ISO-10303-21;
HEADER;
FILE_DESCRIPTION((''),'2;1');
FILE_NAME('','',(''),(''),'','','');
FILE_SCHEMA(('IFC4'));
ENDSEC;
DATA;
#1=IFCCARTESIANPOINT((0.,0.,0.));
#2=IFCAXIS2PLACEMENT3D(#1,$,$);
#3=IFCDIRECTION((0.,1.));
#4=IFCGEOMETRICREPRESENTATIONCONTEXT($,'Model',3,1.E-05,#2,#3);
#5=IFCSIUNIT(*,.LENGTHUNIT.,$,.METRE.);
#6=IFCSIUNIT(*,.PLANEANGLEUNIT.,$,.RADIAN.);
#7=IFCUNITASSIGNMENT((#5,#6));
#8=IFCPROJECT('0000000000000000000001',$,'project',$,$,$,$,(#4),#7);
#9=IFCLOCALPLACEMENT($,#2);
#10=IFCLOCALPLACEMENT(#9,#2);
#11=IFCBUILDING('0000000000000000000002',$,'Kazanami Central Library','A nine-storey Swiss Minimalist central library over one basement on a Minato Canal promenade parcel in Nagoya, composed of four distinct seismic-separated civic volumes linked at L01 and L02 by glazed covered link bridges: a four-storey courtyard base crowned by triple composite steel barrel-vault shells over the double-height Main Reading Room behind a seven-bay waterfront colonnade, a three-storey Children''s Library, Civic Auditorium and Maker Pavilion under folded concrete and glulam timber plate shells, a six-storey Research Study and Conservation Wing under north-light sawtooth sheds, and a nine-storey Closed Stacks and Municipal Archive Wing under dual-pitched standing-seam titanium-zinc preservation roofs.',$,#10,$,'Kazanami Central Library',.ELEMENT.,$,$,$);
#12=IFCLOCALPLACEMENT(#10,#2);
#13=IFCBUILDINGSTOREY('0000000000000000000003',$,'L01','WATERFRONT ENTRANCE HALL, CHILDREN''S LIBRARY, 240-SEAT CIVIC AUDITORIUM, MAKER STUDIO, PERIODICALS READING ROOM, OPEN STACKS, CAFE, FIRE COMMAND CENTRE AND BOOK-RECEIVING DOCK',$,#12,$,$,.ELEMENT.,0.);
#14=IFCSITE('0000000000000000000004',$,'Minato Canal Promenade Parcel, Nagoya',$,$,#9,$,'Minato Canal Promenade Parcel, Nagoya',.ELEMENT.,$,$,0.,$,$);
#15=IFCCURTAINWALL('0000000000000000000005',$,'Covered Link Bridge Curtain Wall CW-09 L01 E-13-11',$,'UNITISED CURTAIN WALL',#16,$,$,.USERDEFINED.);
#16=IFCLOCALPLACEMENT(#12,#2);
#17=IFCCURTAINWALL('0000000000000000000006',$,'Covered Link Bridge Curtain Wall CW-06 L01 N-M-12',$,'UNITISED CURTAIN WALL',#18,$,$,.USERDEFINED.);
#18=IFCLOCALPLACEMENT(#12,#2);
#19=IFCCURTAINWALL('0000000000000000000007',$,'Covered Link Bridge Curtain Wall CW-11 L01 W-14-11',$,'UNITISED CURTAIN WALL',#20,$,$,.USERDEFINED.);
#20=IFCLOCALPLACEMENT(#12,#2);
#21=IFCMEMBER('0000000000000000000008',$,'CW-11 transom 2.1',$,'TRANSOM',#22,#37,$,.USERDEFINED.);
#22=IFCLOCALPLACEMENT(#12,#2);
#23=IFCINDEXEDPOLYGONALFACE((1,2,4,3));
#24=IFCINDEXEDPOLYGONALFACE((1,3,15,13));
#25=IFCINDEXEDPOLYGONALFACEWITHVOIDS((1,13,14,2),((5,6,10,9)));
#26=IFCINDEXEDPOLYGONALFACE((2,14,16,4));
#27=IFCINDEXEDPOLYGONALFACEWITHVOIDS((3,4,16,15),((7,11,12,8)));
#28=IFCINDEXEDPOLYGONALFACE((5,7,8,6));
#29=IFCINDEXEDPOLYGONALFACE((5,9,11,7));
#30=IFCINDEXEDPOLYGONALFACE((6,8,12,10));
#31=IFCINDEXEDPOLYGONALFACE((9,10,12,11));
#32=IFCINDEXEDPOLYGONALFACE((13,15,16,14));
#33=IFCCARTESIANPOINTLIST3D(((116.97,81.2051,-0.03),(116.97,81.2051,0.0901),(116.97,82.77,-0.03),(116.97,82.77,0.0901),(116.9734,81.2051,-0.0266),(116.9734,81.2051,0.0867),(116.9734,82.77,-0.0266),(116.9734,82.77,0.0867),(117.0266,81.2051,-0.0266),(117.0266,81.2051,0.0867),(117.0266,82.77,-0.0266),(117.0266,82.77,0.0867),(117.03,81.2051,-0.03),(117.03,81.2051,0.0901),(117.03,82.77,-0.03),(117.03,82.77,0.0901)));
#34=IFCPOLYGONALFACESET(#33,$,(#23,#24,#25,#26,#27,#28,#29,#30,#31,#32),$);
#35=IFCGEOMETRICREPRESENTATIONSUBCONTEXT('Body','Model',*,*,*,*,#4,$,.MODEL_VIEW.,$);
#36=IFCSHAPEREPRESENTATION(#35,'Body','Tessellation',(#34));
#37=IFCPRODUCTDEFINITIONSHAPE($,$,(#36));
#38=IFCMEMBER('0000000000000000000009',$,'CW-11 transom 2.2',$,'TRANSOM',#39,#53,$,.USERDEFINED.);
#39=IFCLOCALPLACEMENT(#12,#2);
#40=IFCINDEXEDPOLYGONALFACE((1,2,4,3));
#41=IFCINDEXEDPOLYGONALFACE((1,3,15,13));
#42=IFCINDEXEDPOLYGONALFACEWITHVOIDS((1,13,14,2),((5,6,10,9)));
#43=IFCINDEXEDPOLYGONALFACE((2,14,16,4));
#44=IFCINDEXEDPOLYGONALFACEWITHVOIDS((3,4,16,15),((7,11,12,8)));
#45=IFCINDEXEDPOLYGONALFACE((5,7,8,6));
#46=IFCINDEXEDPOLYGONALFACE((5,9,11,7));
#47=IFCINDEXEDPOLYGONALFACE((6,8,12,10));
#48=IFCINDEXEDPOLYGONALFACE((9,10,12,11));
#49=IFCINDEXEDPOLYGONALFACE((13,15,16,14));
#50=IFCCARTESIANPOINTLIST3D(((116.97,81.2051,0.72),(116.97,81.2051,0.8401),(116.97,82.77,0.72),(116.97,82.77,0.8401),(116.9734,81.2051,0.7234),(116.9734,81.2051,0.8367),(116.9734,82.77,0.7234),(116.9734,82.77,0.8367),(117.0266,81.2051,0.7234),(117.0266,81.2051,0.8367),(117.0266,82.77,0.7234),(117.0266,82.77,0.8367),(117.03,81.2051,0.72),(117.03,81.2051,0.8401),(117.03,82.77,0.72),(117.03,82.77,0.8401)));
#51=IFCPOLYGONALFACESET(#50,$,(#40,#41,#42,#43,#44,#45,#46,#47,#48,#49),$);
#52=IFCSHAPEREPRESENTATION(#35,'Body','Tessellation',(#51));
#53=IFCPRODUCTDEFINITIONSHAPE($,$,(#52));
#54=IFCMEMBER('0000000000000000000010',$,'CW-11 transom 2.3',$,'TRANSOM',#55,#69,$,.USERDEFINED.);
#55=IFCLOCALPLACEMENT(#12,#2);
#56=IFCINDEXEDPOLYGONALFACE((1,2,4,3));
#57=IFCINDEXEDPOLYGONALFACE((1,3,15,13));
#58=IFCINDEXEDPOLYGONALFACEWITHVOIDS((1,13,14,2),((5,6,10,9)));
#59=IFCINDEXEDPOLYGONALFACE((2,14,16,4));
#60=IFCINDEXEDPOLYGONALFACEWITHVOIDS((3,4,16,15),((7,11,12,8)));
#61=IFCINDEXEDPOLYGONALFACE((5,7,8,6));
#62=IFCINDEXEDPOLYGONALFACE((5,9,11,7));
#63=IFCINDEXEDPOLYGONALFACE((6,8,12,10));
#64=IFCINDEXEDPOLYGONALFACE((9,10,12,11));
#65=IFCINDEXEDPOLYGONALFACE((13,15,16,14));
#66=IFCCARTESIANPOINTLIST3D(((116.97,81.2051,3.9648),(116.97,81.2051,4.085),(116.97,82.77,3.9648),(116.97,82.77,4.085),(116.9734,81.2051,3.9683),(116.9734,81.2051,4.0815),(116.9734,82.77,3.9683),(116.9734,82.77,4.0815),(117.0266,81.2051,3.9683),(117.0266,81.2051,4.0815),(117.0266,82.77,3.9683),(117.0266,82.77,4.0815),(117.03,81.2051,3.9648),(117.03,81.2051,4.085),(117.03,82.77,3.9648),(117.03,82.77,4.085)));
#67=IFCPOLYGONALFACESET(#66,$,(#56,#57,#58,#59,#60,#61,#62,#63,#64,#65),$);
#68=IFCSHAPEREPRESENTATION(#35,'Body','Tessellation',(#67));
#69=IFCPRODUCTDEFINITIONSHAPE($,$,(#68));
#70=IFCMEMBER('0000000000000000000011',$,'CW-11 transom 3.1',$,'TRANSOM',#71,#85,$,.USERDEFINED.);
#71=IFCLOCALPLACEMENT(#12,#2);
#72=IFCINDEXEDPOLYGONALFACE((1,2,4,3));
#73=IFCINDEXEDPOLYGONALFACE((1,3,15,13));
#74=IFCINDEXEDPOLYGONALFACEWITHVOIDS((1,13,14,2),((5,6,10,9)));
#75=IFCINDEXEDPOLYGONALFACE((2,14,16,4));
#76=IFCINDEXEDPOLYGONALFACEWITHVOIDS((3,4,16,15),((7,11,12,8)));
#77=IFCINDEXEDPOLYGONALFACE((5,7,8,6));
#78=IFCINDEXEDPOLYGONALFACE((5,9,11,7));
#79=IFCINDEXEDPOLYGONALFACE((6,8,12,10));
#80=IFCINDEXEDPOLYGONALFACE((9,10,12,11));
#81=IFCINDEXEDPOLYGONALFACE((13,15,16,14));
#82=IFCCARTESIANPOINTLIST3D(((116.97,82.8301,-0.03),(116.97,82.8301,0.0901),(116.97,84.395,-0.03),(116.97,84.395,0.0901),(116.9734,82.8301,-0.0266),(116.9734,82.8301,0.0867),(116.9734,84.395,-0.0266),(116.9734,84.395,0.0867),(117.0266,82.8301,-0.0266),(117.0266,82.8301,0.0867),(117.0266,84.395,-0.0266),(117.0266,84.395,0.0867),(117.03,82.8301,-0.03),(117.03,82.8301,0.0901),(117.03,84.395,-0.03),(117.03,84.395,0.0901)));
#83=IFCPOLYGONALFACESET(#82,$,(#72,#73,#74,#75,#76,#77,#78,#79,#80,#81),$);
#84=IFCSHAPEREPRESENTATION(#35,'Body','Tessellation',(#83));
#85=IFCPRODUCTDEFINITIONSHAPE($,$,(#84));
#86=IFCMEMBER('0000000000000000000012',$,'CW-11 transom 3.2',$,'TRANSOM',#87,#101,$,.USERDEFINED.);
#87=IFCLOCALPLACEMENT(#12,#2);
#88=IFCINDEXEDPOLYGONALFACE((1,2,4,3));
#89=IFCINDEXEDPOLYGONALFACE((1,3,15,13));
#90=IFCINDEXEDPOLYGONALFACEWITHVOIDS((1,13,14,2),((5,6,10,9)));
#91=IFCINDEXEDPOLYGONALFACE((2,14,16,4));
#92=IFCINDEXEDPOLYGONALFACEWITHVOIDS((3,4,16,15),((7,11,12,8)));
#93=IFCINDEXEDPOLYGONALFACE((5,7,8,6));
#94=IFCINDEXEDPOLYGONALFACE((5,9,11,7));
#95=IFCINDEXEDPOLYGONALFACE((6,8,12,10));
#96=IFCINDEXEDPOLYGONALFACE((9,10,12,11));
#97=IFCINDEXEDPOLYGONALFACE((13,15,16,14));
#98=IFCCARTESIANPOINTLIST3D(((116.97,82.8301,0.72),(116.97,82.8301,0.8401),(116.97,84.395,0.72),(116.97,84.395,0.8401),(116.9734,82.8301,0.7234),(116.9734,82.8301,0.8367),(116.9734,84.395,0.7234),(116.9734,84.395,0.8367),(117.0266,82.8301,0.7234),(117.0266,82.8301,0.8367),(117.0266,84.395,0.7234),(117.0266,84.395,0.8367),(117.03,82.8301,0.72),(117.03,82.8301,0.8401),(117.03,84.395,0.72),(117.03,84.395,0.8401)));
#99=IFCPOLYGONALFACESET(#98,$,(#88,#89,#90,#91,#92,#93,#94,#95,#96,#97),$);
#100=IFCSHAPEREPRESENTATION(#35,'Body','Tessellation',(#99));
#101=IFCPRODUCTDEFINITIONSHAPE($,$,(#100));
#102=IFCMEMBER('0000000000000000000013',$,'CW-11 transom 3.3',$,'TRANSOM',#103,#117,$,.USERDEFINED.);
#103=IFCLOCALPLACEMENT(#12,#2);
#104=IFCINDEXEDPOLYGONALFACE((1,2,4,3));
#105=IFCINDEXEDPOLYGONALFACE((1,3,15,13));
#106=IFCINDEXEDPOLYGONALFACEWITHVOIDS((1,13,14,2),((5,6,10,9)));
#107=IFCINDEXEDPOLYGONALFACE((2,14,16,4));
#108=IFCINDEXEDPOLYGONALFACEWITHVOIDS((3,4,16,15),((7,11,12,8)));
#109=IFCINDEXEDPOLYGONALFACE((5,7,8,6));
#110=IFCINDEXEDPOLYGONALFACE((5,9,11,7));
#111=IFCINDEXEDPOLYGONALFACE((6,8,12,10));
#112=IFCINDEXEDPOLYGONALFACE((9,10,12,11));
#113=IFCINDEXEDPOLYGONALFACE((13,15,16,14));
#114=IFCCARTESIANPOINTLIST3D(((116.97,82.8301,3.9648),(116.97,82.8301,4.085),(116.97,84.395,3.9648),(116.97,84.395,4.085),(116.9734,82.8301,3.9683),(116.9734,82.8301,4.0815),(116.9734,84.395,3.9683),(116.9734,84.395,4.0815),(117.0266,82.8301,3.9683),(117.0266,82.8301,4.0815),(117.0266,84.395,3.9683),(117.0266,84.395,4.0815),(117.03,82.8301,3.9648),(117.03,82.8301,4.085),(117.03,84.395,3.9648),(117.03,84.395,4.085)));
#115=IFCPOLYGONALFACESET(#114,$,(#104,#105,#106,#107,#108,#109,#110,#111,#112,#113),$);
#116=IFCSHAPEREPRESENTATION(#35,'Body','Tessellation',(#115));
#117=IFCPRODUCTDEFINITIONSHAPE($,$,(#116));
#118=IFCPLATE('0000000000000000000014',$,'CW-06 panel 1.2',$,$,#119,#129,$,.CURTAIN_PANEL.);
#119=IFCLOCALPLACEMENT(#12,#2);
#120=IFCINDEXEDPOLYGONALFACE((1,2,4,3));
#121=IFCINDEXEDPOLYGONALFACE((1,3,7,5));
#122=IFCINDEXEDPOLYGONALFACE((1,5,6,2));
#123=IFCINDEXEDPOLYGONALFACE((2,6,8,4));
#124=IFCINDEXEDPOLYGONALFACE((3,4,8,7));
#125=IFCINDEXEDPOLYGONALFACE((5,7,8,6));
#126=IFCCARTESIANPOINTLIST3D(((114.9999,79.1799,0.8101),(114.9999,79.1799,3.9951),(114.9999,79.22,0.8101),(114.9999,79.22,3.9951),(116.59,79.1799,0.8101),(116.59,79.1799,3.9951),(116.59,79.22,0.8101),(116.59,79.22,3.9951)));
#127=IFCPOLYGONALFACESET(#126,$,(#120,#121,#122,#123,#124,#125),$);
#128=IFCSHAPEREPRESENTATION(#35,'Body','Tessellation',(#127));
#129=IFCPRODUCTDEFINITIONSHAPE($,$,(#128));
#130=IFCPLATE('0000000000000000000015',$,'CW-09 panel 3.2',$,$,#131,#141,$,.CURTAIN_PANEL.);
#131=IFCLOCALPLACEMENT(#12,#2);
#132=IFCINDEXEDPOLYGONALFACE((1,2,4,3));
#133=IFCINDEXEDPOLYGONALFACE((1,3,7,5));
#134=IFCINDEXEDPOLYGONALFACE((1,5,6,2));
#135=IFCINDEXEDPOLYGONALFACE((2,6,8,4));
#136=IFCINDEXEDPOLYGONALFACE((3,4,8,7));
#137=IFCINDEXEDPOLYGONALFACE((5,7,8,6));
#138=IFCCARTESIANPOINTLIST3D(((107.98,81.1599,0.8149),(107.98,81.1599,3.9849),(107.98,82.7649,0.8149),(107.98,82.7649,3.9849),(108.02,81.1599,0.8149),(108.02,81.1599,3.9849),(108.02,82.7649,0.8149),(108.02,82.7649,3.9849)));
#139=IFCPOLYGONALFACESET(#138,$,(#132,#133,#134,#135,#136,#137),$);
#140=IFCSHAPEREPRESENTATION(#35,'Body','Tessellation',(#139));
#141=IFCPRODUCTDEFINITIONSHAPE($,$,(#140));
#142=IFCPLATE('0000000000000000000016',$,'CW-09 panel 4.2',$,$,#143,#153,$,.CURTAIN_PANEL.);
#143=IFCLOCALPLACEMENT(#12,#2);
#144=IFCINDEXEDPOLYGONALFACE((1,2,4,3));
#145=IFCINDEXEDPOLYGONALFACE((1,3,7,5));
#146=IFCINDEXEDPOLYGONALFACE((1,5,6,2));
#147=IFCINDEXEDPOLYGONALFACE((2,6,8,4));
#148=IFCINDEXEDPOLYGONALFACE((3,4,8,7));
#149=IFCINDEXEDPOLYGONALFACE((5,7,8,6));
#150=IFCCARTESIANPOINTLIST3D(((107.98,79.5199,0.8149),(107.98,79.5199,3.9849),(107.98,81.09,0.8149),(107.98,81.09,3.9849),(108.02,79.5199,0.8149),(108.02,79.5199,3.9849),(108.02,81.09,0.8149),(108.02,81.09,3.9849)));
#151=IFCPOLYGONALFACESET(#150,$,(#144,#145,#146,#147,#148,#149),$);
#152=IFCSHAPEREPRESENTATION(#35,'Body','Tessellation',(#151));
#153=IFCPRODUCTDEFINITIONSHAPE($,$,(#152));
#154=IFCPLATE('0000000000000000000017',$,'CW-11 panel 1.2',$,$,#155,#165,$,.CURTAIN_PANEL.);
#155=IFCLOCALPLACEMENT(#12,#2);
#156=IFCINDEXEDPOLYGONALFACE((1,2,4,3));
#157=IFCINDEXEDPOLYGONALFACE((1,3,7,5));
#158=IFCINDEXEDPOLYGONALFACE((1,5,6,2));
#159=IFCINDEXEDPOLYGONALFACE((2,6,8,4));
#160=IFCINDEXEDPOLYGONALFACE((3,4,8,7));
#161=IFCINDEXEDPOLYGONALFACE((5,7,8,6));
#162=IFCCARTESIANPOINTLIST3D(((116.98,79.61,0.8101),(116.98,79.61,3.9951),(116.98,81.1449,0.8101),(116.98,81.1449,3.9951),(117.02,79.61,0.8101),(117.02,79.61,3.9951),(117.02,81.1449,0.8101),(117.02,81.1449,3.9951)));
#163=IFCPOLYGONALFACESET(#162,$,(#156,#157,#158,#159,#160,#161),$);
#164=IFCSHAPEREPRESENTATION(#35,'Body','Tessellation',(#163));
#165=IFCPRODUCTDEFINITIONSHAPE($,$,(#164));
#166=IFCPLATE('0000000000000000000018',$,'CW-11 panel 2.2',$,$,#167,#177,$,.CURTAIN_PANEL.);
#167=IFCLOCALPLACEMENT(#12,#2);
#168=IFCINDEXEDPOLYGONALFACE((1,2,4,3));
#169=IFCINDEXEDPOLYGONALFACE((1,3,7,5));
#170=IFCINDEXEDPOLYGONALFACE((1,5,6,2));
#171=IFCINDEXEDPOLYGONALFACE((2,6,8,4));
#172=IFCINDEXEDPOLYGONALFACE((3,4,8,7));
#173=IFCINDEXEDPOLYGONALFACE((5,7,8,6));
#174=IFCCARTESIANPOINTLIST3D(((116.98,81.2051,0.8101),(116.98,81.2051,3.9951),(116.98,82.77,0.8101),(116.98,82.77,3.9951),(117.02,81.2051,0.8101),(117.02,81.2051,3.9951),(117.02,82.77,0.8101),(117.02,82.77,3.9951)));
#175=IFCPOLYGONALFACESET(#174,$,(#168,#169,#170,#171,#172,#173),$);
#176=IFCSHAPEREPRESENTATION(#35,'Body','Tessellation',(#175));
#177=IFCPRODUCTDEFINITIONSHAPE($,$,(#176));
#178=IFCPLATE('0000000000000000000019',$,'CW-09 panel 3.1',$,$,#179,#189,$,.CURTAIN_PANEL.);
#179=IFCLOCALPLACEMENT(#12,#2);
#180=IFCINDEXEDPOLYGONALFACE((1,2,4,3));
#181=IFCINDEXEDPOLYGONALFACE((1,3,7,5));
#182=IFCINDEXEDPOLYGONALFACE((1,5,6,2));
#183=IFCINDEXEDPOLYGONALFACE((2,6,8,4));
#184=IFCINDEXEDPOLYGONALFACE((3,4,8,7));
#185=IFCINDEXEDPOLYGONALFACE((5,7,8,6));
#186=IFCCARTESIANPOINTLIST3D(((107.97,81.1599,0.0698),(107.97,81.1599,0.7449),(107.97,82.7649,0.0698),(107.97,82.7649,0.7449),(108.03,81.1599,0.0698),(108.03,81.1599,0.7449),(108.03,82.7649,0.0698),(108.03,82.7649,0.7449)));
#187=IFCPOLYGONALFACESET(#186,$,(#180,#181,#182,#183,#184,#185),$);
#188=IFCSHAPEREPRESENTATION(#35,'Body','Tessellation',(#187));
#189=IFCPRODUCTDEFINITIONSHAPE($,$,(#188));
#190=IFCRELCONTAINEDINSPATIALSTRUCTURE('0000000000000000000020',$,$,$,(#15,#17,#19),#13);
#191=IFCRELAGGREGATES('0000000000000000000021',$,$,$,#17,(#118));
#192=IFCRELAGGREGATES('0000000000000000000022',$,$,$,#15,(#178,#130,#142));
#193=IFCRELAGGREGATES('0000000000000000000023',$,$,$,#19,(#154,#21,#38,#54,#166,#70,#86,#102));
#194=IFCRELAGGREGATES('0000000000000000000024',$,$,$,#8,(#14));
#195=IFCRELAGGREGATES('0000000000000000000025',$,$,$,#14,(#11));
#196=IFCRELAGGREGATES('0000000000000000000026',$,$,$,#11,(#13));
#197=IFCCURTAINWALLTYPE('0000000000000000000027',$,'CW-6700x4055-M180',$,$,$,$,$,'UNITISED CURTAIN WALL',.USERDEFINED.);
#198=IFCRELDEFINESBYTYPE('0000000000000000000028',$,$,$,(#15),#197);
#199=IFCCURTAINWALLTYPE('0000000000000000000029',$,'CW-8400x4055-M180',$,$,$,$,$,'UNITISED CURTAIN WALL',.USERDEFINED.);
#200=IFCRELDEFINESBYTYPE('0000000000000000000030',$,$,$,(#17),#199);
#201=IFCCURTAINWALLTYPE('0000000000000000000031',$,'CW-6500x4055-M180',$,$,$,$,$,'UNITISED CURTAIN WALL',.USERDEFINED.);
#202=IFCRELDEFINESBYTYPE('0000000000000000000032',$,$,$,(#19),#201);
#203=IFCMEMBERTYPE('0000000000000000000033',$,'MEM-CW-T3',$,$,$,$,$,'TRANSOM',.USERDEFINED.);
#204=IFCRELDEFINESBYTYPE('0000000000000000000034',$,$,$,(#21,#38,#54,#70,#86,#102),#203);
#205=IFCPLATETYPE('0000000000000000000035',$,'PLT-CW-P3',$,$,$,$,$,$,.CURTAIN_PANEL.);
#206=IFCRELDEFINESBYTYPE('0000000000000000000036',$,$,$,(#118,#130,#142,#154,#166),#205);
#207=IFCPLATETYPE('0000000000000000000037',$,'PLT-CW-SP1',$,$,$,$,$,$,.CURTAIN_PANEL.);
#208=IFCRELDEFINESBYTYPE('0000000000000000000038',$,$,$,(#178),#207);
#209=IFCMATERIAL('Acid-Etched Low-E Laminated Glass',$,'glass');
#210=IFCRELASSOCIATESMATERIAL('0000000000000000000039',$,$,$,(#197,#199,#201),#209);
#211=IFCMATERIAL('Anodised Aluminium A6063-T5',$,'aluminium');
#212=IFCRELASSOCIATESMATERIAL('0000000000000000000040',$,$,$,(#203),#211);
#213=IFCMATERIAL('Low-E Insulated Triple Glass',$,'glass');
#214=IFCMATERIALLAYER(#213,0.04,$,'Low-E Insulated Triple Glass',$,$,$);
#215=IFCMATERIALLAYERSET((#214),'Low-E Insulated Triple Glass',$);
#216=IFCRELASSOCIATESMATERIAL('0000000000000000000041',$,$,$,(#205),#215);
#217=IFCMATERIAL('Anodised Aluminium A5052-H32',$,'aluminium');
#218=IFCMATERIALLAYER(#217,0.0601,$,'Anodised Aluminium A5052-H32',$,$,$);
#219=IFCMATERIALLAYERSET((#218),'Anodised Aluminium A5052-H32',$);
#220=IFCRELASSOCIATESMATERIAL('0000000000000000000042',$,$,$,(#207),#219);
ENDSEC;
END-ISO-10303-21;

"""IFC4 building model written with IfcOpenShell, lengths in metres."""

from ifc_helpers import new_model, si_unit, direction, frame, origin, origin_2d, place, context, subcontext, project, spatial, rectangle, hollow_rectangle, extrude, material, layer, layer_set, material_profile, profile_set, type_object, element, aggregate, save


model = new_model("IFC4")

# Units and contexts
model_context = context("Model", 3, precision=1e-05, world=origin(), true_north=direction((0.0, 1.0)))
body_context = subcontext(model_context, "Body", "Model", "MODEL_VIEW")
ifc_project = project(units=[si_unit("LENGTHUNIT", "METRE"), si_unit("PLANEANGLEUNIT", "RADIAN")], contexts=[model_context])

# Site, building, storey
site_placement = place(None, origin())
site = spatial("IfcSite", under=ifc_project, at=site_placement, Name="Minato Canal Promenade Parcel, Nagoya", LongName="Minato Canal Promenade Parcel, Nagoya", CompositionType="ELEMENT", RefElevation=0.0)
building_placement = place(site_placement, origin())
building = spatial("IfcBuilding", under=site, at=building_placement, Name="Kazanami Central Library", Description="A nine-storey Swiss Minimalist central library over one basement on a Minato Canal promenade parcel in Nagoya, composed of four distinct seismic-separated civic volumes linked at L01 and L02 by glazed covered link bridges: a four-storey courtyard base crowned by triple composite steel barrel-vault shells over the double-height Main Reading Room behind a seven-bay waterfront colonnade, a three-storey Children's Library, Civic Auditorium and Maker Pavilion under folded concrete and glulam timber plate shells, a six-storey Research Study and Conservation Wing under north-light sawtooth sheds, and a nine-storey Closed Stacks and Municipal Archive Wing under dual-pitched standing-seam titanium-zinc preservation roofs.", LongName="Kazanami Central Library", CompositionType="ELEMENT")
storey_placement = place(building_placement, origin())
storey = spatial("IfcBuildingStorey", under=building, at=storey_placement, Name="L01", Description="WATERFRONT ENTRANCE HALL, CHILDREN'S LIBRARY, 240-SEAT CIVIC AUDITORIUM, MAKER STUDIO, PERIODICALS READING ROOM, OPEN STACKS, CAFE, FIRE COMMAND CENTRE AND BOOK-RECEIVING DOCK", CompositionType="ELEMENT", Elevation=0.0)

# Curtain wall
ifc_material_1 = material(Name="Acid-Etched Low-E Laminated Glass", Category="glass")
curtain_wall_type_1 = type_object("IfcCurtainWallType", Name="CW-6700x4055-M180", ElementType="UNITISED CURTAIN WALL", PredefinedType="USERDEFINED", material=ifc_material_1)
curtain_wall_1_placement = place(storey_placement, origin())
curtain_wall_1 = element("IfcCurtainWall", 1, at=curtain_wall_1_placement, inside=storey, type_object=curtain_wall_type_1, Name="Covered Link Bridge Curtain Wall CW-09 L01 E-13-11", ObjectType="UNITISED CURTAIN WALL", PredefinedType="USERDEFINED")
ifc_material_2 = material(Name="Anodised Aluminium A6063-T5", Category="aluminium")

# Curtain wall
curtain_wall_type_2 = type_object("IfcCurtainWallType", Name="CW-8400x4055-M180", ElementType="UNITISED CURTAIN WALL", PredefinedType="USERDEFINED", material=ifc_material_1)
curtain_wall_2_placement = place(storey_placement, origin())
curtain_wall_2 = element("IfcCurtainWall", 2, at=curtain_wall_2_placement, inside=storey, type_object=curtain_wall_type_2, Name="Covered Link Bridge Curtain Wall CW-06 L01 N-M-12", ObjectType="UNITISED CURTAIN WALL", PredefinedType="USERDEFINED")

# Curtain wall
curtain_wall_type_3 = type_object("IfcCurtainWallType", Name="CW-6500x4055-M180", ElementType="UNITISED CURTAIN WALL", PredefinedType="USERDEFINED", material=ifc_material_1)
curtain_wall_3_placement = place(storey_placement, origin())
curtain_wall_3 = element("IfcCurtainWall", 3, at=curtain_wall_3_placement, inside=storey, type_object=curtain_wall_type_3, Name="Covered Link Bridge Curtain Wall CW-11 L01 W-14-11", ObjectType="UNITISED CURTAIN WALL", PredefinedType="USERDEFINED")

# Members
ifc_material_profile_1 = material_profile(ifc_material_2, hollow_rectangle(XDim=0.0601, YDim=0.1201, WallThickness=0.0034, at=origin_2d()), Name="ALU-TRAN-60x120x3.5")
ifc_profile_set_1 = profile_set([ifc_material_profile_1], Name="Anodised Aluminium A6063-T5")
member_type_1 = type_object("IfcMemberType", Name="MEM-CW-T3", ElementType="TRANSOM", PredefinedType="USERDEFINED", material=ifc_profile_set_1)
member_1_placement = place(storey_placement, frame((117.0, 81.2051, 0.03), z_axis=(0.0, 1.0, 0.0), x_axis=(-1.0, 0.0, 0.0)))
member_1 = element("IfcMember", 4, at=member_1_placement, type_object=member_type_1, Name="CW-11 transom 2.1", ObjectType="TRANSOM", PredefinedType="USERDEFINED", context=body_context, shape_type="SweptSolid", body=[
    extrude(hollow_rectangle(XDim=0.0601, YDim=0.1201, WallThickness=0.0034, at=origin_2d()), origin(), (0.0, 0.0, 1.0), 1.5649),
])
member_2_placement = place(storey_placement, frame((117.0, 81.2051, 0.78), z_axis=(0.0, 1.0, 0.0), x_axis=(-1.0, 0.0, 0.0)))
member_2 = element("IfcMember", 5, at=member_2_placement, type_object=member_type_1, Name="CW-11 transom 2.2", ObjectType="TRANSOM", PredefinedType="USERDEFINED", context=body_context, shape_type="SweptSolid", body=[
    extrude(hollow_rectangle(XDim=0.0601, YDim=0.1201, WallThickness=0.0034, at=origin_2d()), origin(), (0.0, 0.0, 1.0), 1.5649),
])
member_3_placement = place(storey_placement, frame((117.0, 81.2051, 4.0249), z_axis=(0.0, 1.0, 0.0), x_axis=(-1.0, 0.0, 0.0)))
member_3 = element("IfcMember", 6, at=member_3_placement, type_object=member_type_1, Name="CW-11 transom 2.3", ObjectType="TRANSOM", PredefinedType="USERDEFINED", context=body_context, shape_type="SweptSolid", body=[
    extrude(hollow_rectangle(XDim=0.0601, YDim=0.1201, WallThickness=0.0034, at=origin_2d()), origin(), (0.0, 0.0, 1.0), 1.5649),
])
member_4_placement = place(storey_placement, frame((117.0, 82.8301, 0.03), z_axis=(0.0, 1.0, 0.0), x_axis=(-1.0, 0.0, 0.0)))
member_4 = element("IfcMember", 7, at=member_4_placement, type_object=member_type_1, Name="CW-11 transom 3.1", ObjectType="TRANSOM", PredefinedType="USERDEFINED", context=body_context, shape_type="SweptSolid", body=[
    extrude(hollow_rectangle(XDim=0.0601, YDim=0.1201, WallThickness=0.0034, at=origin_2d()), origin(), (0.0, 0.0, 1.0), 1.5649),
])
member_5_placement = place(storey_placement, frame((117.0, 82.8301, 0.78), z_axis=(0.0, 1.0, 0.0), x_axis=(-1.0, 0.0, 0.0)))
member_5 = element("IfcMember", 8, at=member_5_placement, type_object=member_type_1, Name="CW-11 transom 3.2", ObjectType="TRANSOM", PredefinedType="USERDEFINED", context=body_context, shape_type="SweptSolid", body=[
    extrude(hollow_rectangle(XDim=0.0601, YDim=0.1201, WallThickness=0.0034, at=origin_2d()), origin(), (0.0, 0.0, 1.0), 1.5649),
])
member_6_placement = place(storey_placement, frame((117.0, 82.8301, 4.0249), z_axis=(0.0, 1.0, 0.0), x_axis=(-1.0, 0.0, 0.0)))
member_6 = element("IfcMember", 9, at=member_6_placement, type_object=member_type_1, Name="CW-11 transom 3.3", ObjectType="TRANSOM", PredefinedType="USERDEFINED", context=body_context, shape_type="SweptSolid", body=[
    extrude(hollow_rectangle(XDim=0.0601, YDim=0.1201, WallThickness=0.0034, at=origin_2d()), origin(), (0.0, 0.0, 1.0), 1.5649),
])

# Plates
ifc_material_3 = material(Name="Low-E Insulated Triple Glass", Category="glass")
ifc_layer_1 = layer(ifc_material_3, 0.04, Name="Low-E Insulated Triple Glass")
ifc_layer_set_1 = layer_set([ifc_layer_1], Name="Low-E Insulated Triple Glass")
plate_type_1 = type_object("IfcPlateType", Name="PLT-CW-P3", PredefinedType="CURTAIN_PANEL", material=ifc_layer_set_1)
plate_1_placement = place(storey_placement, frame((115.7949, 79.2, 0.8101), z_axis=(0.0, 0.0, 1.0), x_axis=(-1.0, 0.0, 0.0)))
plate_1 = element("IfcPlate", 10, at=plate_1_placement, type_object=plate_type_1, Name="CW-06 panel 1.2", PredefinedType="CURTAIN_PANEL", context=body_context, shape_type="SweptSolid", body=[
    extrude(rectangle(XDim=1.5901, YDim=0.04, at=origin_2d()), origin(), (0.0, 0.0, 1.0), 3.1851),
])
aggregate(curtain_wall_2, [plate_1])
plate_2_placement = place(storey_placement, frame((108.0, 81.9624, 0.8149), z_axis=(0.0, 0.0, 1.0), x_axis=(0.0, -1.0, 0.0)))
plate_2 = element("IfcPlate", 11, at=plate_2_placement, type_object=plate_type_1, Name="CW-09 panel 3.2", PredefinedType="CURTAIN_PANEL", context=body_context, shape_type="SweptSolid", body=[
    extrude(rectangle(XDim=1.605, YDim=0.04, at=origin_2d()), origin(), (0.0, 0.0, 1.0), 3.1699),
])
plate_3_placement = place(storey_placement, frame((108.0, 80.3049, 0.8149), z_axis=(0.0, 0.0, 1.0), x_axis=(0.0, -1.0, 0.0)))
plate_3 = element("IfcPlate", 12, at=plate_3_placement, type_object=plate_type_1, Name="CW-09 panel 4.2", PredefinedType="CURTAIN_PANEL", context=body_context, shape_type="SweptSolid", body=[
    extrude(rectangle(XDim=1.5701, YDim=0.04, at=origin_2d()), origin(), (0.0, 0.0, 1.0), 3.1699),
])
plate_4_placement = place(storey_placement, frame((117.0, 80.3774, 0.8101), z_axis=(0.0, 0.0, 1.0), x_axis=(0.0, 1.0, 0.0)))
plate_4 = element("IfcPlate", 13, at=plate_4_placement, type_object=plate_type_1, Name="CW-11 panel 1.2", PredefinedType="CURTAIN_PANEL", context=body_context, shape_type="SweptSolid", body=[
    extrude(rectangle(XDim=1.5349, YDim=0.04, at=origin_2d()), origin(), (0.0, 0.0, 1.0), 3.1851),
])
plate_5_placement = place(storey_placement, frame((117.0, 81.9875, 0.8101), z_axis=(0.0, 0.0, 1.0), x_axis=(0.0, 1.0, 0.0)))
plate_5 = element("IfcPlate", 14, at=plate_5_placement, type_object=plate_type_1, Name="CW-11 panel 2.2", PredefinedType="CURTAIN_PANEL", context=body_context, shape_type="SweptSolid", body=[
    extrude(rectangle(XDim=1.5649, YDim=0.04, at=origin_2d()), origin(), (0.0, 0.0, 1.0), 3.1851),
])
ifc_material_4 = material(Name="Anodised Aluminium A5052-H32", Category="aluminium")
ifc_layer_2 = layer(ifc_material_4, 0.0601, Name="Anodised Aluminium A5052-H32")
ifc_layer_set_2 = layer_set([ifc_layer_2], Name="Anodised Aluminium A5052-H32")
plate_type_2 = type_object("IfcPlateType", Name="PLT-CW-SP1", PredefinedType="CURTAIN_PANEL", material=ifc_layer_set_2)
plate_6_placement = place(storey_placement, frame((108.0, 81.9624, 0.0698), z_axis=(0.0, 0.0, 1.0), x_axis=(0.0, -1.0, 0.0)))
plate_6 = element("IfcPlate", 15, at=plate_6_placement, type_object=plate_type_2, Name="CW-09 panel 3.1", PredefinedType="CURTAIN_PANEL", context=body_context, shape_type="SweptSolid", body=[
    extrude(rectangle(XDim=1.605, YDim=0.0601, at=origin_2d()), origin(), (0.0, 0.0, 1.0), 0.675),
])
aggregate(curtain_wall_1, [plate_6, plate_2, plate_3])
aggregate(curtain_wall_3, [plate_4, member_1, member_2, member_3, plate_5, member_4, member_5, member_6])

save(model, "model.ifc")
